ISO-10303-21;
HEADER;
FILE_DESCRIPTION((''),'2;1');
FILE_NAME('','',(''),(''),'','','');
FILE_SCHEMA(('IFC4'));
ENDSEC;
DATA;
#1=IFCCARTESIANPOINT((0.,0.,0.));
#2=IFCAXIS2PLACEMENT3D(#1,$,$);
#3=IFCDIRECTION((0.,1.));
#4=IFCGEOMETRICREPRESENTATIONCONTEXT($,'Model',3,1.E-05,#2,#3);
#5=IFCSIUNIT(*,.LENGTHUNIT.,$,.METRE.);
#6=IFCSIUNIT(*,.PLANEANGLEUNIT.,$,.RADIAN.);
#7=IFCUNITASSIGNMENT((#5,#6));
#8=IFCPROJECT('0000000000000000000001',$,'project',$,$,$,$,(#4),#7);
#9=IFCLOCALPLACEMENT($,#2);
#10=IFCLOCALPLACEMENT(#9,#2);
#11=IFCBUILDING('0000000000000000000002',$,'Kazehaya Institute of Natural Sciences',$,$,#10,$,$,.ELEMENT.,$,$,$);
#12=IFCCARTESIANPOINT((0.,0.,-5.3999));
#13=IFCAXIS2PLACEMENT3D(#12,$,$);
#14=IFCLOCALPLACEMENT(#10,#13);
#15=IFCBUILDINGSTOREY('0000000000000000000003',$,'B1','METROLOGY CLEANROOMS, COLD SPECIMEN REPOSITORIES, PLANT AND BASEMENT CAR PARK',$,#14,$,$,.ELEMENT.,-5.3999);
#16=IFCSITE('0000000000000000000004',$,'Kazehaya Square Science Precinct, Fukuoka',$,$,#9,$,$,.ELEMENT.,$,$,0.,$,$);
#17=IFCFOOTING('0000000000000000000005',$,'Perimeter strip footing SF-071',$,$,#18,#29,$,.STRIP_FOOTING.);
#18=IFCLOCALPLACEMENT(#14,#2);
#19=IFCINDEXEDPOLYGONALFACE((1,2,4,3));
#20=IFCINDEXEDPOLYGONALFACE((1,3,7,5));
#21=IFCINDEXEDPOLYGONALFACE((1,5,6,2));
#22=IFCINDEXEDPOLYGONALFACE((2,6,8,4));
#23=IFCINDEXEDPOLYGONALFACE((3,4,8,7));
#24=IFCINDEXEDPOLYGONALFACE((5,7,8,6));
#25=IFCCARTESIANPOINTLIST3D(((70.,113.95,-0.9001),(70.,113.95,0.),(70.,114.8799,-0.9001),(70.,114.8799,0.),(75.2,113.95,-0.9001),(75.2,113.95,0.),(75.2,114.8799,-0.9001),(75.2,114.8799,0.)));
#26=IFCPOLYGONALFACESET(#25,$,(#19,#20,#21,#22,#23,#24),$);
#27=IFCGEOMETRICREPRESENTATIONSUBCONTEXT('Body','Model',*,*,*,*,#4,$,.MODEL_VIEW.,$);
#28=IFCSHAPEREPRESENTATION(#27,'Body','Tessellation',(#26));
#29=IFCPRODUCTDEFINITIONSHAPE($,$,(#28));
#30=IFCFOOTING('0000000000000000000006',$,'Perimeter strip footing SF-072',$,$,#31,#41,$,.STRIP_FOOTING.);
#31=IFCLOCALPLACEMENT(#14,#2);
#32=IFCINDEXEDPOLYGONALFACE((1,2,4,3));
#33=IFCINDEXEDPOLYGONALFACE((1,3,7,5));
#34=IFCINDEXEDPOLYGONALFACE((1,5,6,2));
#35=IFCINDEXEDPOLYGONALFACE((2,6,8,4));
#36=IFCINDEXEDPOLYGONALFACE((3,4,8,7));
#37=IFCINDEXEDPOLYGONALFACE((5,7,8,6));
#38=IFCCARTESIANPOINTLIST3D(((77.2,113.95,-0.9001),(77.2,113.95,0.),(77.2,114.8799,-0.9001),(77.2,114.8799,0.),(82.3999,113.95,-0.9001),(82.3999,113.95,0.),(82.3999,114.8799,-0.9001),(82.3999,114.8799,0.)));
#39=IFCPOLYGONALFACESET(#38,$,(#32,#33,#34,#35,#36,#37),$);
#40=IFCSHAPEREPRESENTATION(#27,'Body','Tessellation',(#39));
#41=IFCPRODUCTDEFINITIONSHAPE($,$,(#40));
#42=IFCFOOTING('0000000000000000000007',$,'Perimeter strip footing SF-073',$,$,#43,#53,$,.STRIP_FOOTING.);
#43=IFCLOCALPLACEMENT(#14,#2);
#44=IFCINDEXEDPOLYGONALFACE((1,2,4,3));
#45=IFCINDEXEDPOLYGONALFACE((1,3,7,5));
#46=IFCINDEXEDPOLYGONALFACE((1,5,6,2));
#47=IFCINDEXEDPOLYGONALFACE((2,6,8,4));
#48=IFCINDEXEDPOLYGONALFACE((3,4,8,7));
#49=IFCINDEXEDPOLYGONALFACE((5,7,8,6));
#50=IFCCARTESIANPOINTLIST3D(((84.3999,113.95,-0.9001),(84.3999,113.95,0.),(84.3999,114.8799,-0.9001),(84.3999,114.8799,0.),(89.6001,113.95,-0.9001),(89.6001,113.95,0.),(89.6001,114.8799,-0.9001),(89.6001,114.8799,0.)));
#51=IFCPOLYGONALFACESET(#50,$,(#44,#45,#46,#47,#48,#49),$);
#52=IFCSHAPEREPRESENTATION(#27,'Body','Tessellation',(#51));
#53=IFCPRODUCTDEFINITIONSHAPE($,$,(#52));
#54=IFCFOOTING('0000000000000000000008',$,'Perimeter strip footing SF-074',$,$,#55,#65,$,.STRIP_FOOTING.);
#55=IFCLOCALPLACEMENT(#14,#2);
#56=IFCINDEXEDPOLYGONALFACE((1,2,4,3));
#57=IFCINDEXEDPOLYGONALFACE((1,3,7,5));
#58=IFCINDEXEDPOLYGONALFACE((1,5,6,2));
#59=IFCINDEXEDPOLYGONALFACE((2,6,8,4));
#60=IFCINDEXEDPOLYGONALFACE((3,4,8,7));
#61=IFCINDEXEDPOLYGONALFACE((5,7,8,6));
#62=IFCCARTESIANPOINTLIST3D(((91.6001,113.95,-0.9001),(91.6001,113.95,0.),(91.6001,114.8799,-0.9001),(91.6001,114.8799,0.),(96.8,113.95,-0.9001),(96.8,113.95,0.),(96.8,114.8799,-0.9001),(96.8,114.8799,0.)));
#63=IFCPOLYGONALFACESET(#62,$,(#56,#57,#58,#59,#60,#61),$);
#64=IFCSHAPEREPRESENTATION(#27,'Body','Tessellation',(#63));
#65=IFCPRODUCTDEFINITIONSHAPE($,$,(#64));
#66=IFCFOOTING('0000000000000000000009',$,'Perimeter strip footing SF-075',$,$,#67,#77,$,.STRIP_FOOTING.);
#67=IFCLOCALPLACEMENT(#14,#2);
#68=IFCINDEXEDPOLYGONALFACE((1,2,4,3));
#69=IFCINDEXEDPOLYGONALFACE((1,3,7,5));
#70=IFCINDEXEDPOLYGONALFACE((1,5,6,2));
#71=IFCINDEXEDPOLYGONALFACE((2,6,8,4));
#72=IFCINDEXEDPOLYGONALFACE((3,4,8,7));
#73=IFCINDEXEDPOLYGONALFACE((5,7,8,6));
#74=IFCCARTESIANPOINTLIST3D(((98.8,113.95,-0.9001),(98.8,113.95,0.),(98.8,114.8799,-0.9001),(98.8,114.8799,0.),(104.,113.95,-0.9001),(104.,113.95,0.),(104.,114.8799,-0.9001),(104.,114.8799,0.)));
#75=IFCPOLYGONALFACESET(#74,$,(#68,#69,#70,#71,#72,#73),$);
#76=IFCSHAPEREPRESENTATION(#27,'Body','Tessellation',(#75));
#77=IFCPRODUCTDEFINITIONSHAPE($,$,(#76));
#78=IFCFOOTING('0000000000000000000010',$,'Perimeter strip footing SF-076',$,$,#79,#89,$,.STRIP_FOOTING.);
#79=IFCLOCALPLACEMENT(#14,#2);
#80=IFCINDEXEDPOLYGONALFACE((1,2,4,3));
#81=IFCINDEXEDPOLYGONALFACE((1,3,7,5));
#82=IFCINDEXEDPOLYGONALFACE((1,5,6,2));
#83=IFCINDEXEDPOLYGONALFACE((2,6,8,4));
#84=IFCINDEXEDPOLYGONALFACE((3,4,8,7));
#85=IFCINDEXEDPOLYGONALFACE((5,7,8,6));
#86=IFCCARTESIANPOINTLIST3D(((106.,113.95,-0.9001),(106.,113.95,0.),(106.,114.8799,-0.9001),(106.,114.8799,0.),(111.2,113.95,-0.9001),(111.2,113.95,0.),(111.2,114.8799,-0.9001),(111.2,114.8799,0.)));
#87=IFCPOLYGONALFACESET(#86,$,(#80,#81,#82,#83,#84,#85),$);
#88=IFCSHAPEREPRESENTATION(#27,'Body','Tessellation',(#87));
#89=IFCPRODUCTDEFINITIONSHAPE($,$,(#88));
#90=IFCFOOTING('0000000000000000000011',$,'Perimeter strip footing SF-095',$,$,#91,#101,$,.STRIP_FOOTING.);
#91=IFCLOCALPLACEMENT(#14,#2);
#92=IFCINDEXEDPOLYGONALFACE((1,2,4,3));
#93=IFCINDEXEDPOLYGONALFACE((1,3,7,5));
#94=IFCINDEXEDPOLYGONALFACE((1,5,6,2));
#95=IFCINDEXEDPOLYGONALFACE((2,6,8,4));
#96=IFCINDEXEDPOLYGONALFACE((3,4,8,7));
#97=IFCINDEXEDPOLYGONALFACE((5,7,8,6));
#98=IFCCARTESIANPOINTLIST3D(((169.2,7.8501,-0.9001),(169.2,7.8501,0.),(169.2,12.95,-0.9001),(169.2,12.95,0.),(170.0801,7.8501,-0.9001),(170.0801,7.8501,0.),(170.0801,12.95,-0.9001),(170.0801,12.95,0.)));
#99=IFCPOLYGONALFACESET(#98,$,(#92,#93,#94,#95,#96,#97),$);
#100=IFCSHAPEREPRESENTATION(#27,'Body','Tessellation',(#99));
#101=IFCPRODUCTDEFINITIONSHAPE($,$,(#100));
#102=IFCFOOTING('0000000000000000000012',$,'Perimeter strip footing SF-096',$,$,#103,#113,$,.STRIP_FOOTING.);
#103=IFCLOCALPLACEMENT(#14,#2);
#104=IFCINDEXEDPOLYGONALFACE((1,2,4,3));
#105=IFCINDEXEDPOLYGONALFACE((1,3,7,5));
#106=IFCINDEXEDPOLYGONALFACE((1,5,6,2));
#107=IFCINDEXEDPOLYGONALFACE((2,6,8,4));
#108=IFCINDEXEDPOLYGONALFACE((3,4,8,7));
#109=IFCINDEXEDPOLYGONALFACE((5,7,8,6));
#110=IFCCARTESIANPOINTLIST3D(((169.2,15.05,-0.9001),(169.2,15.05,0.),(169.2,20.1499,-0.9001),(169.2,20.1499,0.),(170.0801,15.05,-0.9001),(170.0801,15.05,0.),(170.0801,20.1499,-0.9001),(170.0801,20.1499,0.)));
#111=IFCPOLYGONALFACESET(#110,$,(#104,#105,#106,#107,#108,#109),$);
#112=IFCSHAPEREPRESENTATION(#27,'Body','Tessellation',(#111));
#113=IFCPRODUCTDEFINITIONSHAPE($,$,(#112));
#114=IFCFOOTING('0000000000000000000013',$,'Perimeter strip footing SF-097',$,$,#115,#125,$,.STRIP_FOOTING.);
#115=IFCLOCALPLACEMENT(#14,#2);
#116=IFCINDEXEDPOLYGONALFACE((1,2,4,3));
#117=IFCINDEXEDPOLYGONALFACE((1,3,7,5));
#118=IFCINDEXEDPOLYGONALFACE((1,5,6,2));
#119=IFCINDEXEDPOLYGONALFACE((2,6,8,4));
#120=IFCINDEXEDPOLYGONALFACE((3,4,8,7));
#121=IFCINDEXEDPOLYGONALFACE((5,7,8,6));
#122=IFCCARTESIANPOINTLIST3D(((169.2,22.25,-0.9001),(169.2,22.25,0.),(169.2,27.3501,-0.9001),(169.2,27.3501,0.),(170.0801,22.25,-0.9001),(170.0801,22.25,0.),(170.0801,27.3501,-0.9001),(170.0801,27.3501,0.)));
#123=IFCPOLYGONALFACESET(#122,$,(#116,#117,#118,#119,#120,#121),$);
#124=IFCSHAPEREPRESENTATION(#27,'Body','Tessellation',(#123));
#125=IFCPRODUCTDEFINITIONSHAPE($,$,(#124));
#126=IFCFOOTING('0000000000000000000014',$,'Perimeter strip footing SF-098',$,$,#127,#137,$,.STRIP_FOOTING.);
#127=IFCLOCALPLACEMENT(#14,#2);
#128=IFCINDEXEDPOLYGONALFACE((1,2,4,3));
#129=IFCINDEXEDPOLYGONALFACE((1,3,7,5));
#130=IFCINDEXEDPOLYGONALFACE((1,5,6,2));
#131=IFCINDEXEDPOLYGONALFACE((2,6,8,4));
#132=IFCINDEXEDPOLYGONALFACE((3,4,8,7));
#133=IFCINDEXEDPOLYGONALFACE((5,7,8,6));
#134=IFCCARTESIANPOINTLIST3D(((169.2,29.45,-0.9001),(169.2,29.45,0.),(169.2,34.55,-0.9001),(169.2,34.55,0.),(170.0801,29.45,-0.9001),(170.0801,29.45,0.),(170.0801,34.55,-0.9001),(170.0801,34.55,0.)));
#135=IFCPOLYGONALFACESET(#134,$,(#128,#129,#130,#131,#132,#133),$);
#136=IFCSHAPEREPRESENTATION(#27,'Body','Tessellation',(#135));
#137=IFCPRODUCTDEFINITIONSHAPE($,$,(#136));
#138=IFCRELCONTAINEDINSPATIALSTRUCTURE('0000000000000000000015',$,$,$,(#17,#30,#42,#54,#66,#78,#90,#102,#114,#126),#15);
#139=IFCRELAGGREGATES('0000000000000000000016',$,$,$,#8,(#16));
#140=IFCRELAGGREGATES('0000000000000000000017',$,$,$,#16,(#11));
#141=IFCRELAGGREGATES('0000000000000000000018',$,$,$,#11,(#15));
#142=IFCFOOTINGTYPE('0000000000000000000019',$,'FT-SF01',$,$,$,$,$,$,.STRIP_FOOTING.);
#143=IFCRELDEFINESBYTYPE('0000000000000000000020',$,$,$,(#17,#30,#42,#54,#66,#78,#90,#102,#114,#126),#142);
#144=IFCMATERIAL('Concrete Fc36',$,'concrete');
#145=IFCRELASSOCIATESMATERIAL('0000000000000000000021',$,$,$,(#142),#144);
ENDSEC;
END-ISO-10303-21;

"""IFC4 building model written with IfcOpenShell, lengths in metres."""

from ifc_helpers import new_model, si_unit, direction, frame, origin, place, context, subcontext, project, spatial, polyline, outline, extrude, material, type_object, element, save


model = new_model("IFC4")

# Units and contexts
model_context = context("Model", 3, precision=1e-05, world=origin(), true_north=direction((0.0, 1.0)))
body_context = subcontext(model_context, "Body", "Model", "MODEL_VIEW")
ifc_project = project(units=[si_unit("LENGTHUNIT", "METRE"), si_unit("PLANEANGLEUNIT", "RADIAN")], contexts=[model_context])

# Site, building, storey
site_placement = place(None, origin())
site = spatial("IfcSite", under=ifc_project, at=site_placement, Name="Kazehaya Square Science Precinct, Fukuoka", CompositionType="ELEMENT", RefElevation=0.0)
building_placement = place(site_placement, origin())
building = spatial("IfcBuilding", under=site, at=building_placement, Name="Kazehaya Institute of Natural Sciences", CompositionType="ELEMENT")
storey_placement = place(building_placement, frame((0.0, 0.0, -5.3999)))
storey = spatial("IfcBuildingStorey", under=building, at=storey_placement, Name="B1", Description="METROLOGY CLEANROOMS, COLD SPECIMEN REPOSITORIES, PLANT AND BASEMENT CAR PARK", CompositionType="ELEMENT", Elevation=-5.3999)

# Footings
ifc_material = material(Name="Concrete Fc36", Category="concrete")
footing_type = type_object("IfcFootingType", Name="FT-SF01", PredefinedType="STRIP_FOOTING", material=ifc_material)
footing_1_placement = place(storey_placement, frame((0.0, 0.0, -0.9001)))
element("IfcFooting", 1, at=footing_1_placement, inside=storey, type_object=footing_type, Name="Perimeter strip footing SF-071", PredefinedType="STRIP_FOOTING", context=body_context, shape_type="SweptSolid", body=[
    extrude(outline(polyline([(70.0, 113.95), (75.2, 113.95), (75.2, 114.8799), (70.0, 114.8799), (70.0, 113.95)])), origin(), (0.0, 0.0, 1.0), 0.9001),
])
footing_2_placement = place(storey_placement, frame((0.0, 0.0, -0.9001)))
element("IfcFooting", 2, at=footing_2_placement, inside=storey, type_object=footing_type, Name="Perimeter strip footing SF-072", PredefinedType="STRIP_FOOTING", context=body_context, shape_type="SweptSolid", body=[
    extrude(outline(polyline([(77.2, 113.95), (82.3999, 113.95), (82.3999, 114.8799), (77.2, 114.8799), (77.2, 113.95)])), origin(), (0.0, 0.0, 1.0), 0.9001),
])
footing_3_placement = place(storey_placement, frame((0.0, 0.0, -0.9001)))
element("IfcFooting", 3, at=footing_3_placement, inside=storey, type_object=footing_type, Name="Perimeter strip footing SF-073", PredefinedType="STRIP_FOOTING", context=body_context, shape_type="SweptSolid", body=[
    extrude(outline(polyline([(84.3999, 113.95), (89.6001, 113.95), (89.6001, 114.8799), (84.3999, 114.8799), (84.3999, 113.95)])), origin(), (0.0, 0.0, 1.0), 0.9001),
])
footing_4_placement = place(storey_placement, frame((0.0, 0.0, -0.9001)))
element("IfcFooting", 4, at=footing_4_placement, inside=storey, type_object=footing_type, Name="Perimeter strip footing SF-074", PredefinedType="STRIP_FOOTING", context=body_context, shape_type="SweptSolid", body=[
    extrude(outline(polyline([(91.6001, 113.95), (96.8, 113.95), (96.8, 114.8799), (91.6001, 114.8799), (91.6001, 113.95)])), origin(), (0.0, 0.0, 1.0), 0.9001),
])
footing_5_placement = place(storey_placement, frame((0.0, 0.0, -0.9001)))
element("IfcFooting", 5, at=footing_5_placement, inside=storey, type_object=footing_type, Name="Perimeter strip footing SF-075", PredefinedType="STRIP_FOOTING", context=body_context, shape_type="SweptSolid", body=[
    extrude(outline(polyline([(98.8, 113.95), (104.0, 113.95), (104.0, 114.8799), (98.8, 114.8799), (98.8, 113.95)])), origin(), (0.0, 0.0, 1.0), 0.9001),
])
footing_6_placement = place(storey_placement, frame((0.0, 0.0, -0.9001)))
element("IfcFooting", 6, at=footing_6_placement, inside=storey, type_object=footing_type, Name="Perimeter strip footing SF-076", PredefinedType="STRIP_FOOTING", context=body_context, shape_type="SweptSolid", body=[
    extrude(outline(polyline([(106.0, 113.95), (111.2, 113.95), (111.2, 114.8799), (106.0, 114.8799), (106.0, 113.95)])), origin(), (0.0, 0.0, 1.0), 0.9001),
])
footing_7_placement = place(storey_placement, frame((0.0, 0.0, -0.9001)))
element("IfcFooting", 7, at=footing_7_placement, inside=storey, type_object=footing_type, Name="Perimeter strip footing SF-095", PredefinedType="STRIP_FOOTING", context=body_context, shape_type="SweptSolid", body=[
    extrude(outline(polyline([(169.2, 7.8501), (170.0801, 7.8501), (170.0801, 12.95), (169.2, 12.95), (169.2, 7.8501)])), origin(), (0.0, 0.0, 1.0), 0.9001),
])
footing_8_placement = place(storey_placement, frame((0.0, 0.0, -0.9001)))
element("IfcFooting", 8, at=footing_8_placement, inside=storey, type_object=footing_type, Name="Perimeter strip footing SF-096", PredefinedType="STRIP_FOOTING", context=body_context, shape_type="SweptSolid", body=[
    extrude(outline(polyline([(169.2, 15.05), (170.0801, 15.05), (170.0801, 20.1499), (169.2, 20.1499), (169.2, 15.05)])), origin(), (0.0, 0.0, 1.0), 0.9001),
])
footing_9_placement = place(storey_placement, frame((0.0, 0.0, -0.9001)))
element("IfcFooting", 9, at=footing_9_placement, inside=storey, type_object=footing_type, Name="Perimeter strip footing SF-097", PredefinedType="STRIP_FOOTING", context=body_context, shape_type="SweptSolid", body=[
    extrude(outline(polyline([(169.2, 22.25), (170.0801, 22.25), (170.0801, 27.3501), (169.2, 27.3501), (169.2, 22.25)])), origin(), (0.0, 0.0, 1.0), 0.9001),
])
footing_10_placement = place(storey_placement, frame((0.0, 0.0, -0.9001)))
element("IfcFooting", 10, at=footing_10_placement, inside=storey, type_object=footing_type, Name="Perimeter strip footing SF-098", PredefinedType="STRIP_FOOTING", context=body_context, shape_type="SweptSolid", body=[
    extrude(outline(polyline([(169.2, 29.45), (170.0801, 29.45), (170.0801, 34.55), (169.2, 34.55), (169.2, 29.45)])), origin(), (0.0, 0.0, 1.0), 0.9001),
])

save(model, "model.ifc")
